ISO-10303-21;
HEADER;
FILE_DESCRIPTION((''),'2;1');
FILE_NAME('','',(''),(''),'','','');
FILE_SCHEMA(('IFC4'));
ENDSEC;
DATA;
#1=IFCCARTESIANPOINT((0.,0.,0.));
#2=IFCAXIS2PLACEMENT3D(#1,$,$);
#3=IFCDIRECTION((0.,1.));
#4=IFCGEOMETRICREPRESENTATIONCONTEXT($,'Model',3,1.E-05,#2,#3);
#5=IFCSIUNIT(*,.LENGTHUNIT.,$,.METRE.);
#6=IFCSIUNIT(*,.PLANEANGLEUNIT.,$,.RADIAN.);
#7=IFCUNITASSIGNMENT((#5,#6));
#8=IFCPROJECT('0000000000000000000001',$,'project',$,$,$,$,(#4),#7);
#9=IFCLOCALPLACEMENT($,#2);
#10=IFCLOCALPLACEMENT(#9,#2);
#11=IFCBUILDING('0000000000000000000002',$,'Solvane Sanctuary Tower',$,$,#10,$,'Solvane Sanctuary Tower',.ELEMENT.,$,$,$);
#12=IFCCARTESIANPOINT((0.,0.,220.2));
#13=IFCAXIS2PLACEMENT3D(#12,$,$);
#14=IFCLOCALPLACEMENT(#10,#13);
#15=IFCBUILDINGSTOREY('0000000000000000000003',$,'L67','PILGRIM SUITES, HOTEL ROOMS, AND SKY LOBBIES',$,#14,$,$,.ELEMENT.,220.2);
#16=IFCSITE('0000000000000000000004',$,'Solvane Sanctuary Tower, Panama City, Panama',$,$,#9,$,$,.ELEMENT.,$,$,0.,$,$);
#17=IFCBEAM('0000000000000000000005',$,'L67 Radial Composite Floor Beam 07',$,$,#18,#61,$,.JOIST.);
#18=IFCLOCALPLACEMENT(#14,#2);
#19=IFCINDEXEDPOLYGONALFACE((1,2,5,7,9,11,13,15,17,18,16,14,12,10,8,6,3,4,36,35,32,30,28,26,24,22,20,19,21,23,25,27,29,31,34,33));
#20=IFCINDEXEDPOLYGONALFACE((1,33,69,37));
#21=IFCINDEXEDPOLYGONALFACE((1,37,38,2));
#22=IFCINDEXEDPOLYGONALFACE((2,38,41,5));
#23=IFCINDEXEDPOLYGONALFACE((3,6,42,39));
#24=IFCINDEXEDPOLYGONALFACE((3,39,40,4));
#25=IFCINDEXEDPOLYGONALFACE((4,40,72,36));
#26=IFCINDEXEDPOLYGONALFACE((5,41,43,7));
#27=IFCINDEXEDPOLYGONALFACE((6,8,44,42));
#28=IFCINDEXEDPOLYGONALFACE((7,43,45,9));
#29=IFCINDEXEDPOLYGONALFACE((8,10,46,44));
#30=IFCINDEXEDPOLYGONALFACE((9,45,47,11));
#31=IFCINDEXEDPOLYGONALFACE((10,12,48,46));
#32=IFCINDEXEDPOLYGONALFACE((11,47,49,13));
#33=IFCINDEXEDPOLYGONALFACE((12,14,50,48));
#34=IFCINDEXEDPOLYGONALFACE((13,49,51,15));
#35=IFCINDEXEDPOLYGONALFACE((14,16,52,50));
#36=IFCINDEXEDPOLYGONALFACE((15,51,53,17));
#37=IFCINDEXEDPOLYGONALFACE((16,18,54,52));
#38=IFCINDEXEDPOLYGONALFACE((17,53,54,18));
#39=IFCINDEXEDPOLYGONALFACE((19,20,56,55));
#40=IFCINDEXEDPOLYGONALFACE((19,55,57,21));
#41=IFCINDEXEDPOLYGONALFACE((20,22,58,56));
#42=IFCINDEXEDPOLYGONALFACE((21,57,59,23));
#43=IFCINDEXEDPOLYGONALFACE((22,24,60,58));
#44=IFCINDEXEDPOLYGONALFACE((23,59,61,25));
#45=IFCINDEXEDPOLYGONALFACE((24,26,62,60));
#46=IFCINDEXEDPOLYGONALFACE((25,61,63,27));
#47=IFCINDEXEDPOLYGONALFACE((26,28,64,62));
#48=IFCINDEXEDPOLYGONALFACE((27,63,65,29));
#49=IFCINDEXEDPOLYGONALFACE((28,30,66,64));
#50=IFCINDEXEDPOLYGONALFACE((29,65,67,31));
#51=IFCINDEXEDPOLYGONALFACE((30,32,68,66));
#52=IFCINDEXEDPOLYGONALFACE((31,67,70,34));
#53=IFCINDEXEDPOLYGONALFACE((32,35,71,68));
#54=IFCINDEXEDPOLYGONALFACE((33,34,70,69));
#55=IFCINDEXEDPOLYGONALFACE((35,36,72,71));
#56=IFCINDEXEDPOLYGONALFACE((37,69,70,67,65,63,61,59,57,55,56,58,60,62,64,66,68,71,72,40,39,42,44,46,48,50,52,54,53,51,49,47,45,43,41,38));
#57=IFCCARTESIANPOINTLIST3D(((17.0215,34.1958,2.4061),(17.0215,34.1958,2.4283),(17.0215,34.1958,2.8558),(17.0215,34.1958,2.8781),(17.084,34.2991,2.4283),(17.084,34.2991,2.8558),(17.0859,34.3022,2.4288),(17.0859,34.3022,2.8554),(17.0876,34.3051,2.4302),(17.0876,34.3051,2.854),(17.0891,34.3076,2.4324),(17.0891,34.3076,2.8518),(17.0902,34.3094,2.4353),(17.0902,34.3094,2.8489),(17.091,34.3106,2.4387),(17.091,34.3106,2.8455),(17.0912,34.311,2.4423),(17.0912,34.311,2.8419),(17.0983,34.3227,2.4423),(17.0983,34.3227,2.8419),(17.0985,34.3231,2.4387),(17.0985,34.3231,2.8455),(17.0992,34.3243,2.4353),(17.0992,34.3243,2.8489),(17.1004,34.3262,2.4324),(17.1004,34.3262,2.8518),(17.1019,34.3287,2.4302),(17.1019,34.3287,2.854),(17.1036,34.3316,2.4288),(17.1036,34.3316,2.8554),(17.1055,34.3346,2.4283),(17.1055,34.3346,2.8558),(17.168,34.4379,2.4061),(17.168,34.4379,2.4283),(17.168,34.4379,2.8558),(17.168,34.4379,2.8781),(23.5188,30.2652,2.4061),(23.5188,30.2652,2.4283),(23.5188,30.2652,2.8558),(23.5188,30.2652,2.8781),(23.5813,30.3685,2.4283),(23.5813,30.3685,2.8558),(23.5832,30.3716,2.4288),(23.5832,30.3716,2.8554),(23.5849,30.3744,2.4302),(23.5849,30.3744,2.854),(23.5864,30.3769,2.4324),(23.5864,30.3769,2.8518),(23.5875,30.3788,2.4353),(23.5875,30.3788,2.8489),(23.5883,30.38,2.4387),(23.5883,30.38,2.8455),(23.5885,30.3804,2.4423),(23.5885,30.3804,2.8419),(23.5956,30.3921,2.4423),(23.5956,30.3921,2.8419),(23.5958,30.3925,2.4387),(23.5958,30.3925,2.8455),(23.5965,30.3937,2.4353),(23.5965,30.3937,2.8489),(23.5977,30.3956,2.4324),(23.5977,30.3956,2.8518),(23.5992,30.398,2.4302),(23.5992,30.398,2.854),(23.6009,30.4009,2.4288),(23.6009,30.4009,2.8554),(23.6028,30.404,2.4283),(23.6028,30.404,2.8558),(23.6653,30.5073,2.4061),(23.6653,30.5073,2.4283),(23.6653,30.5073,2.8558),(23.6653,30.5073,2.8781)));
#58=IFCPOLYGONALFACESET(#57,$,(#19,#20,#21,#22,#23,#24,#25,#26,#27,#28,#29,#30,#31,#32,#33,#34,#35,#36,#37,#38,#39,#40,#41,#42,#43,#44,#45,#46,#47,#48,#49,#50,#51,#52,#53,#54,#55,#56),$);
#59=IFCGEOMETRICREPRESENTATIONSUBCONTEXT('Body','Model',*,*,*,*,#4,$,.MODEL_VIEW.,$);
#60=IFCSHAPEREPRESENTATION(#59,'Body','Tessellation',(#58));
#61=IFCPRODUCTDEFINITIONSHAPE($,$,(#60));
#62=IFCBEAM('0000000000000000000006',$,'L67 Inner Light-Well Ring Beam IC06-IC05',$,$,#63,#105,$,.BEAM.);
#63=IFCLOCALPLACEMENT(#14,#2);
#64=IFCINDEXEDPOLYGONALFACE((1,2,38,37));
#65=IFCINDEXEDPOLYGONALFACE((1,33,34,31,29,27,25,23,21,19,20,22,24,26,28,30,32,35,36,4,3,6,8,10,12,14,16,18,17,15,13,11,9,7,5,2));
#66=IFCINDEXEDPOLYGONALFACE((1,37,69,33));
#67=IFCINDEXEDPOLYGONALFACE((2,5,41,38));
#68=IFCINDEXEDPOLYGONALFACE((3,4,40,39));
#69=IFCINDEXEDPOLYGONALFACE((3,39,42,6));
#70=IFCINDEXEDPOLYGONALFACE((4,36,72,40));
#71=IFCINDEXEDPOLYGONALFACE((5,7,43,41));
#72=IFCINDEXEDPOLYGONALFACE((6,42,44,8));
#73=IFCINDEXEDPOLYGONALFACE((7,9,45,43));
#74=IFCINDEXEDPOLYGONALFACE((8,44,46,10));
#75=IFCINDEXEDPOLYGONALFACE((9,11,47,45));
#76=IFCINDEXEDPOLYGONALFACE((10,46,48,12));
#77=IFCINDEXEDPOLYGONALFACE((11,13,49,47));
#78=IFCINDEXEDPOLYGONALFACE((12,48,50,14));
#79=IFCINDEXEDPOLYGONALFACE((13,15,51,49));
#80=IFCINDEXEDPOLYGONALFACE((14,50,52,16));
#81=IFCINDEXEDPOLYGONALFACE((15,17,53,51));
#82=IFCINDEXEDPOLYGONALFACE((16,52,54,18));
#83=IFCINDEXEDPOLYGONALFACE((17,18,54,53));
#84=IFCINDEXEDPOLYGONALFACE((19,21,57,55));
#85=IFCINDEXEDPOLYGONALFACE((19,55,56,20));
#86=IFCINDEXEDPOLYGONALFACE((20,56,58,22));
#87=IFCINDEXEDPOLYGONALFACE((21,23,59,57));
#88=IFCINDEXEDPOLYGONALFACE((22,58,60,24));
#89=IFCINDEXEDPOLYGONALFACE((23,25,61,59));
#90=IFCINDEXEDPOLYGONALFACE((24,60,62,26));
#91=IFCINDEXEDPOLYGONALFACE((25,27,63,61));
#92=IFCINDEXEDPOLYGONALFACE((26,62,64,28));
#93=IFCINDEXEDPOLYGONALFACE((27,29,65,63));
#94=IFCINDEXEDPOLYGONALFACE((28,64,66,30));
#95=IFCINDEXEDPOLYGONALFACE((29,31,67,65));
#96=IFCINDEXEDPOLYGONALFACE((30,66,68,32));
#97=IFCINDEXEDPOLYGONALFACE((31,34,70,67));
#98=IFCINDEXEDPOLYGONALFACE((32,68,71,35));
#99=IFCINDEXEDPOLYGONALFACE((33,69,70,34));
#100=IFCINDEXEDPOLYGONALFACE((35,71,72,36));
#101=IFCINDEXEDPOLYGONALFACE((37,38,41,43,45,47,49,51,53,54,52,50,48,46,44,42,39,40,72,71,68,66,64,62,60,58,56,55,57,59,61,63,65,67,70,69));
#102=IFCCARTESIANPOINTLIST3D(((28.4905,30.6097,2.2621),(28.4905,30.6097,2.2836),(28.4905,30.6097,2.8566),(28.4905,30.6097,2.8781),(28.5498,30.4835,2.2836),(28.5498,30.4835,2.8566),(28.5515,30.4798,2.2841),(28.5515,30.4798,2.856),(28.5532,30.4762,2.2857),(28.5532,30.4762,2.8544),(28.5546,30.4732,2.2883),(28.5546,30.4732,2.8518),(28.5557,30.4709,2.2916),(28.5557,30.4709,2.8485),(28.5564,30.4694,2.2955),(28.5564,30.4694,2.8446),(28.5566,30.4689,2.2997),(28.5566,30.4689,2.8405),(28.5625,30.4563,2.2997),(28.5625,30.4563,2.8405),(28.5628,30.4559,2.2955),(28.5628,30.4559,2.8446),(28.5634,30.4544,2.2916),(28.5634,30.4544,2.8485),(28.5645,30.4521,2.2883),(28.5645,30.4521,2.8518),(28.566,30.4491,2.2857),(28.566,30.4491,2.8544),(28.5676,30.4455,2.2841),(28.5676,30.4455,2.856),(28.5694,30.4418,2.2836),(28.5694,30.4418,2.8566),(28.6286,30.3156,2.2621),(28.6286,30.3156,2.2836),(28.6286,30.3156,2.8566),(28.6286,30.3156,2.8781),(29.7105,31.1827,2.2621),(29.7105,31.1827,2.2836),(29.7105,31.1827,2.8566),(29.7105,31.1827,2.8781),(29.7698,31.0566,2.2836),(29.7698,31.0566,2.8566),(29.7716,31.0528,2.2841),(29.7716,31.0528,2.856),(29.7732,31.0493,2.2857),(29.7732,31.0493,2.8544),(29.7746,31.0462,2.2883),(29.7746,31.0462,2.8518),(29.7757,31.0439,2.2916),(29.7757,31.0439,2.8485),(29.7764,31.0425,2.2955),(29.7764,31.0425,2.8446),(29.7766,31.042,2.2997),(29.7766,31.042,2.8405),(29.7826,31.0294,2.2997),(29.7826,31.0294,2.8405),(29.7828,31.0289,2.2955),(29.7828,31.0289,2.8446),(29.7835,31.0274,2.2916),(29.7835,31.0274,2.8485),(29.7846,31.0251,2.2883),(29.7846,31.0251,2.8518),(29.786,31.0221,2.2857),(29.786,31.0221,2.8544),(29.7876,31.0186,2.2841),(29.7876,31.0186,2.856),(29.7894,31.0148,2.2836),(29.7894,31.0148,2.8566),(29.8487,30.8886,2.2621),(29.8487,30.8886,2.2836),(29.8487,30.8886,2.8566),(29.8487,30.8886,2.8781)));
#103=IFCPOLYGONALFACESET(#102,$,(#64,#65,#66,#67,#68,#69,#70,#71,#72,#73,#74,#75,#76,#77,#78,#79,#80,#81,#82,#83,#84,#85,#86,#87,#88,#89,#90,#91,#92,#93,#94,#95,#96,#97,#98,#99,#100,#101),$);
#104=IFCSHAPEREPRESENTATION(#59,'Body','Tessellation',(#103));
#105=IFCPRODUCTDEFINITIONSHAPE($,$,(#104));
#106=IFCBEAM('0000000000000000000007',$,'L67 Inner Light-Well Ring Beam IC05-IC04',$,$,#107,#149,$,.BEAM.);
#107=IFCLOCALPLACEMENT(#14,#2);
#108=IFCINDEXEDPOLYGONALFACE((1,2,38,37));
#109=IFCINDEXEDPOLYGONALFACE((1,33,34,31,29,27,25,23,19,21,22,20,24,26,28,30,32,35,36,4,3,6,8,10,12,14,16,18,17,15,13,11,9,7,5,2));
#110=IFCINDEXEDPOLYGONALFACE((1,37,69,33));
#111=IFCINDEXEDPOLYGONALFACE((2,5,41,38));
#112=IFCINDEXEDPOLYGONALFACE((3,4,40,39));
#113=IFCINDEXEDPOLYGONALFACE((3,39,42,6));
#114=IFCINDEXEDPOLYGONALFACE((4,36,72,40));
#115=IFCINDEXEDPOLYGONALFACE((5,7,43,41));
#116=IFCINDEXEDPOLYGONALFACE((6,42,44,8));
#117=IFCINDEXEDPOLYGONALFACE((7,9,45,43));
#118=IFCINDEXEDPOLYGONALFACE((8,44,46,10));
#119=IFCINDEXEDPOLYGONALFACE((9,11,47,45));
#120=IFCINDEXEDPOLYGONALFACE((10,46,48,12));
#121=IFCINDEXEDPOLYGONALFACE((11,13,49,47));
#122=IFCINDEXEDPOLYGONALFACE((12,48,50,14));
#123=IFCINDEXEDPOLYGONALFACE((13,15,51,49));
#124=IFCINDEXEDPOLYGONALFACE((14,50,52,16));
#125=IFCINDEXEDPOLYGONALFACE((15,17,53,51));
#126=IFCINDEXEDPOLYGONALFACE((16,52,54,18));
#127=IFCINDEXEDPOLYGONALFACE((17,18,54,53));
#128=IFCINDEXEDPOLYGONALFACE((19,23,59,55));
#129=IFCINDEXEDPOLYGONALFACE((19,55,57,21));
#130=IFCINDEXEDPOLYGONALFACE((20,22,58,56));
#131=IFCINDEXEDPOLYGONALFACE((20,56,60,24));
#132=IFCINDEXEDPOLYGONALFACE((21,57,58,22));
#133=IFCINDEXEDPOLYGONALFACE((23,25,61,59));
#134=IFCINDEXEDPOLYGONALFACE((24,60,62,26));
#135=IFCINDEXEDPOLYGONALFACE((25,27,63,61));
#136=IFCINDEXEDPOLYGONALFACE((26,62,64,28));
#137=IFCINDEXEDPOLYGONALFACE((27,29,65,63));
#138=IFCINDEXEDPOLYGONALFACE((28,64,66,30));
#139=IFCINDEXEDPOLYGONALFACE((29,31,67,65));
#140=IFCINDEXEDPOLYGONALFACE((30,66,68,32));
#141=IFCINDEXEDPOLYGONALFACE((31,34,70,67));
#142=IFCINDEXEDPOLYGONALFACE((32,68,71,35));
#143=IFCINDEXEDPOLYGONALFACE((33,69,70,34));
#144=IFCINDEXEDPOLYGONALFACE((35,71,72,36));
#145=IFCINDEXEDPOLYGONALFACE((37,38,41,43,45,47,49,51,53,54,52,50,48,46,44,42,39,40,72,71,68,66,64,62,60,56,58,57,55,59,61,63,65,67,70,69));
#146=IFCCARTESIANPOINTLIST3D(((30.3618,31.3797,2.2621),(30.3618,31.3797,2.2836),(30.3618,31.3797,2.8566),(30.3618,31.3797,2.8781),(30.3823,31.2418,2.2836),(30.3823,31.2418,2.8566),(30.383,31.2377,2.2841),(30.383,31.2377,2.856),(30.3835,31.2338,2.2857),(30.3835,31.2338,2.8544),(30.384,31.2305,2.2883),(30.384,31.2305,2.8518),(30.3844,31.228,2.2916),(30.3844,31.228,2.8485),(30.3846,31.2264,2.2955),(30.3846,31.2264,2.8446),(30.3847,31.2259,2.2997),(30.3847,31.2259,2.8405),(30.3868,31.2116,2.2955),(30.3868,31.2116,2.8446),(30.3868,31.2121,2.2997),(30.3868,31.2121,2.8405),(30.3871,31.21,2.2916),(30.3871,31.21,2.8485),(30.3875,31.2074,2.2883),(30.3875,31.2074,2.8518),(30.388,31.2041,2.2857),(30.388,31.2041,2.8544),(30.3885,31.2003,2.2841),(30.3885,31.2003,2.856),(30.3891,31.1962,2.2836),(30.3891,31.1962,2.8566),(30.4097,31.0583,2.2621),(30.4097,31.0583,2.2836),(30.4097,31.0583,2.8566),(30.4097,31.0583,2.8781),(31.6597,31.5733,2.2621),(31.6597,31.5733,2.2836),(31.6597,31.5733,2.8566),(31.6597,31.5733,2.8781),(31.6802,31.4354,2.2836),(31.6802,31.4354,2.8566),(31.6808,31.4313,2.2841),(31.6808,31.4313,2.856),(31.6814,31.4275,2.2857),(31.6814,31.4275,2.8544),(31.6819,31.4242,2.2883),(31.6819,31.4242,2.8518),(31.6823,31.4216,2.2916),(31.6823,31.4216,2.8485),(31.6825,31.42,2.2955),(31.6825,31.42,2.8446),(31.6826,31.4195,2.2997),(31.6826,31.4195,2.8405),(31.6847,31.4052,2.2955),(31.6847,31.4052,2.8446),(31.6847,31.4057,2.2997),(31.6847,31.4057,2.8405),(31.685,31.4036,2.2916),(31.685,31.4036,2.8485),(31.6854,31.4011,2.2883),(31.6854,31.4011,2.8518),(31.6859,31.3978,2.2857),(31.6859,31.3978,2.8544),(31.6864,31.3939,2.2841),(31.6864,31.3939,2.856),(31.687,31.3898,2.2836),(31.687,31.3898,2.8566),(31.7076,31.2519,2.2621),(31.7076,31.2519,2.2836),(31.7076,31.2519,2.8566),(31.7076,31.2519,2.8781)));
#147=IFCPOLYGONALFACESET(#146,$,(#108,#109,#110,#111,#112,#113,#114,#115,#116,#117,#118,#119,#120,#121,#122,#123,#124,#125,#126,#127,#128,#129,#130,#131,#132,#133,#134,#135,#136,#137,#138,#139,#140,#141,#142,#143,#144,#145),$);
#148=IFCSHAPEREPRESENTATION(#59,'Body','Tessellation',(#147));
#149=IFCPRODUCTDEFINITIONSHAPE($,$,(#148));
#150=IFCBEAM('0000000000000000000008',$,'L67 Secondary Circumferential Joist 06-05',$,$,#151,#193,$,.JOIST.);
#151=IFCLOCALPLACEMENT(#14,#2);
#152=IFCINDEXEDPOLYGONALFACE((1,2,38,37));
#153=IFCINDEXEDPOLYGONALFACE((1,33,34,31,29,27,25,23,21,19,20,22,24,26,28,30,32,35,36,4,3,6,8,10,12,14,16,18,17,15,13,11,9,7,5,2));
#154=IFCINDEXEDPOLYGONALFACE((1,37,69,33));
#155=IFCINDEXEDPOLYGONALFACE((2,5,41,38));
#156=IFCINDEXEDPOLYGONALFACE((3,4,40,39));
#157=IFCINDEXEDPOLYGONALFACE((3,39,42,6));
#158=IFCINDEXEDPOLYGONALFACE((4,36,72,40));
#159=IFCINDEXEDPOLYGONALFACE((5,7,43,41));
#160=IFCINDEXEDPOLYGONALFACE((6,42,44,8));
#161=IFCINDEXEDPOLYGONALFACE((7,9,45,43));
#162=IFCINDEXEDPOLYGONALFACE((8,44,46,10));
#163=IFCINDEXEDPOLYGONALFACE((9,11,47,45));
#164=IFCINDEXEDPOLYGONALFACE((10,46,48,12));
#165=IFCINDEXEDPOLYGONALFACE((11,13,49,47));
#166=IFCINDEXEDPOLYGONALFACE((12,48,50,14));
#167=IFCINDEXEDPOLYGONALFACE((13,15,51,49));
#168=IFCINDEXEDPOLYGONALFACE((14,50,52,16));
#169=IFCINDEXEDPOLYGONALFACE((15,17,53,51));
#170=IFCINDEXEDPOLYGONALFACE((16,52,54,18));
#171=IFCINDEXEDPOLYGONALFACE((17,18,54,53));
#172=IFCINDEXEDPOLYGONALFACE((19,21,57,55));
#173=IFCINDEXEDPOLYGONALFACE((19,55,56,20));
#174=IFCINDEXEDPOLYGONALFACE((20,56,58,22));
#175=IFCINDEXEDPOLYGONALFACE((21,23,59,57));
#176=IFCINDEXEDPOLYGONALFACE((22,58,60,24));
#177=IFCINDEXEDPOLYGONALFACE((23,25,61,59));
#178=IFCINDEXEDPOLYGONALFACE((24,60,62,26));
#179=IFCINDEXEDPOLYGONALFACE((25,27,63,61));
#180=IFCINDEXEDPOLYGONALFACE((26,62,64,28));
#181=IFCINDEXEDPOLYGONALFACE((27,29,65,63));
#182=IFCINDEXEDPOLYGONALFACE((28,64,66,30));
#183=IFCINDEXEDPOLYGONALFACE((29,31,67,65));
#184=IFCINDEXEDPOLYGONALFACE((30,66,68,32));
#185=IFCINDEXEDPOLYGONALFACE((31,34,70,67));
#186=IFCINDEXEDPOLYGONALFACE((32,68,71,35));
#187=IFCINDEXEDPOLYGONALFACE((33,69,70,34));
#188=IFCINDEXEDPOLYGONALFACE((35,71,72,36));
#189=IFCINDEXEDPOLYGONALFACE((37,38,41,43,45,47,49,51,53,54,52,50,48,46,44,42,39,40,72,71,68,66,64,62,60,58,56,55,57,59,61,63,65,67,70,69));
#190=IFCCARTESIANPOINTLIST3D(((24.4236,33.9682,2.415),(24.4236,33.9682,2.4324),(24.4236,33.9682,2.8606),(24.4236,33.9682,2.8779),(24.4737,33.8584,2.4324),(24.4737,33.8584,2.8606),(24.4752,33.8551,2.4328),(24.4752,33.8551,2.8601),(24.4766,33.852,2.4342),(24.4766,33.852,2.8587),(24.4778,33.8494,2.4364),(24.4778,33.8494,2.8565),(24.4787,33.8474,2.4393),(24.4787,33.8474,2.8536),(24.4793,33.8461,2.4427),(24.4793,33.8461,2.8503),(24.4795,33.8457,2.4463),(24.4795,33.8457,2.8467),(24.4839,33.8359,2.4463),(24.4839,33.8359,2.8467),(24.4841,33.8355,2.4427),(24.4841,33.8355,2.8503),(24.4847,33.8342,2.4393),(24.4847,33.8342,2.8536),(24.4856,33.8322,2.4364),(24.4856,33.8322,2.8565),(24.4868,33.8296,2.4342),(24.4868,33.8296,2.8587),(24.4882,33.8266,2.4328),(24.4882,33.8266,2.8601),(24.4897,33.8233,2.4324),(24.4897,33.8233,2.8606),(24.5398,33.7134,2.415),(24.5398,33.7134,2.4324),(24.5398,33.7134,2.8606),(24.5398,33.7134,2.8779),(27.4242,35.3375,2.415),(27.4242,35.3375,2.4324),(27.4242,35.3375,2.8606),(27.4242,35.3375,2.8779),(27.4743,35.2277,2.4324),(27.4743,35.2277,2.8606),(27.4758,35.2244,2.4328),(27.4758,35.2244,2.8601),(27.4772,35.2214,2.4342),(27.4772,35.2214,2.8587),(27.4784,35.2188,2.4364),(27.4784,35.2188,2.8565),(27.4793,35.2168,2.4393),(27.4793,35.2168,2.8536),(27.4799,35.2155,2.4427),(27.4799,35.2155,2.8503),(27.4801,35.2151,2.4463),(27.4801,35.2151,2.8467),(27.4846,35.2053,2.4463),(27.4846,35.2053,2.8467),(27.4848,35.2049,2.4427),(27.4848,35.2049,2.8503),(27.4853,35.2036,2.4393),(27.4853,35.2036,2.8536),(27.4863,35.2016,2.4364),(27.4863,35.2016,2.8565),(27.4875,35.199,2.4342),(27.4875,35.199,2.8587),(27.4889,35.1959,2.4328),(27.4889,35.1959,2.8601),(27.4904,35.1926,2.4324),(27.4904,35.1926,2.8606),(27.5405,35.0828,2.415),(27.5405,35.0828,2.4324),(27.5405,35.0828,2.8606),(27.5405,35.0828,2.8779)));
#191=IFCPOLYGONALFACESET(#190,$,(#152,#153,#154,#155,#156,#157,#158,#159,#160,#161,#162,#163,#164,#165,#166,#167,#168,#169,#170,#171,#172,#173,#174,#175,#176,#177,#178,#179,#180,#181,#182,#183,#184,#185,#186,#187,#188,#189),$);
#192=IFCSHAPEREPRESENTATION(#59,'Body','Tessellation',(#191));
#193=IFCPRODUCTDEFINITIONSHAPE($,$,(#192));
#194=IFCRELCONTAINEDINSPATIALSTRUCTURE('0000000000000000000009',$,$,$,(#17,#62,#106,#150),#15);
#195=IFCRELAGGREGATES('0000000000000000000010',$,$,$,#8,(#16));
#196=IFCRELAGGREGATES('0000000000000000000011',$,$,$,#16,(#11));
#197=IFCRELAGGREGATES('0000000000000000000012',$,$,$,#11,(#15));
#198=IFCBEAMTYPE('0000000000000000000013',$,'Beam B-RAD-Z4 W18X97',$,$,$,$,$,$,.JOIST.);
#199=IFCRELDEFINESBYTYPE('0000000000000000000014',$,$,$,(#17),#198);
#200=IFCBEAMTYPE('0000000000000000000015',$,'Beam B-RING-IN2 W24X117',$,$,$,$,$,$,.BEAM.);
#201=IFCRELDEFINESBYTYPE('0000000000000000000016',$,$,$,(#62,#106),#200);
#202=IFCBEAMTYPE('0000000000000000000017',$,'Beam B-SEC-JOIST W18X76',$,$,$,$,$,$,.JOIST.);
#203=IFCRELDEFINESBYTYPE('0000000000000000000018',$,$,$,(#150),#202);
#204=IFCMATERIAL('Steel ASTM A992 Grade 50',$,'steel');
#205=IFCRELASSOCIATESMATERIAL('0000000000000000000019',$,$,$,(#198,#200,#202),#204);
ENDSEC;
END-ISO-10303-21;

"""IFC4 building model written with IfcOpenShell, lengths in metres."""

from ifc_helpers import new_model, si_unit, direction, frame, origin, origin_2d, place, context, subcontext, project, spatial, i_section, extrude, material, material_profile, profile_set, type_object, element, save


model = new_model("IFC4")

# Units and contexts
model_context = context("Model", 3, precision=1e-05, world=origin(), true_north=direction((0.0, 1.0)))
body_context = subcontext(model_context, "Body", "Model", "MODEL_VIEW")
ifc_project = project(units=[si_unit("LENGTHUNIT", "METRE"), si_unit("PLANEANGLEUNIT", "RADIAN")], contexts=[model_context])

# Site, building, storey
site_placement = place(None, origin())
site = spatial("IfcSite", under=ifc_project, at=site_placement, Name="Solvane Sanctuary Tower, Panama City, Panama", CompositionType="ELEMENT", RefElevation=0.0)
building_placement = place(site_placement, origin())
building = spatial("IfcBuilding", under=site, at=building_placement, Name="Solvane Sanctuary Tower", LongName="Solvane Sanctuary Tower", CompositionType="ELEMENT")
storey_placement = place(building_placement, frame((0.0, 0.0, 220.2)))
storey = spatial("IfcBuildingStorey", under=building, at=storey_placement, Name="L67", Description="PILGRIM SUITES, HOTEL ROOMS, AND SKY LOBBIES", CompositionType="ELEMENT", Elevation=220.2)

# Beams
ifc_material_1 = material(Name="Steel ASTM A992 Grade 50", Category="steel")
ifc_material_profile_1 = material_profile(ifc_material_1, i_section(OverallWidth=0.283, OverallDepth=0.4719, WebThickness=0.0137, FlangeThickness=0.0222, FilletRadius=0.0139, at=origin_2d()), Name="W18X97")
ifc_profile_set_1 = profile_set([ifc_material_profile_1], Name="Steel ASTM A992 Grade 50")
beam_type_1 = type_object("IfcBeamType", Name="Beam B-RAD-Z4 W18X97", PredefinedType="JOIST", material=ifc_profile_set_1)
beam_1_placement = place(storey_placement, frame((23.592, 30.3862, 2.6421), z_axis=(-0.855612, 0.517618, 0.0), x_axis=(-0.517618, -0.855612, 0.0)))
element("IfcBeam", 1, at=beam_1_placement, inside=storey, type_object=beam_type_1, Name="L67 Radial Composite Floor Beam 07", PredefinedType="JOIST", context=body_context, shape_type="SweptSolid", body=[
    extrude(i_section(OverallWidth=0.283, OverallDepth=0.4719, WebThickness=0.0137, FlangeThickness=0.0222, FilletRadius=0.0139, at=origin_2d()), origin(), (0.0, 0.0, 1.0), 7.5938),
])
ifc_material_profile_2 = material_profile(ifc_material_1, i_section(OverallWidth=0.325, OverallDepth=0.616, WebThickness=0.0139, FlangeThickness=0.0215, FilletRadius=0.0161, at=origin_2d()), Name="W24X117")
ifc_profile_set_2 = profile_set([ifc_material_profile_2], Name="Steel ASTM A992 Grade 50")
beam_type_2 = type_object("IfcBeamType", Name="Beam B-RING-IN2 W24X117", PredefinedType="BEAM", material=ifc_profile_set_2)
beam_2_placement = place(storey_placement, frame((28.5596, 30.4626, 2.5701), z_axis=(0.905135, 0.425125, 0.0), x_axis=(-0.425125, 0.905135, 0.0)))
element("IfcBeam", 2, at=beam_2_placement, inside=storey, type_object=beam_type_2, Name="L67 Inner Light-Well Ring Beam IC06-IC05", PredefinedType="BEAM", context=body_context, shape_type="SweptSolid", body=[
    extrude(i_section(OverallWidth=0.325, OverallDepth=0.616, WebThickness=0.0139, FlangeThickness=0.0215, FilletRadius=0.0161, at=origin_2d()), origin(), (0.0, 0.0, 1.0), 1.3479),
])
beam_3_placement = place(storey_placement, frame((30.3857, 31.219, 2.5701), z_axis=(0.989056, 0.14754, 0.0), x_axis=(-0.14754, 0.989056, 0.0)))
element("IfcBeam", 3, at=beam_3_placement, inside=storey, type_object=beam_type_2, Name="L67 Inner Light-Well Ring Beam IC05-IC04", PredefinedType="BEAM", context=body_context, shape_type="SweptSolid", body=[
    extrude(i_section(OverallWidth=0.325, OverallDepth=0.616, WebThickness=0.0139, FlangeThickness=0.0215, FilletRadius=0.0161, at=origin_2d()), origin(), (0.0, 0.0, 1.0), 1.3123),
])
ifc_material_profile_3 = material_profile(ifc_material_1, i_section(OverallWidth=0.28, OverallDepth=0.4629, WebThickness=0.0107, FlangeThickness=0.0173, FilletRadius=0.0139, at=origin_2d()), Name="W18X76")
ifc_profile_set_3 = profile_set([ifc_material_profile_3], Name="Steel ASTM A992 Grade 50")
beam_type_3 = type_object("IfcBeamType", Name="Beam B-SEC-JOIST W18X76", PredefinedType="JOIST", material=ifc_profile_set_3)
beam_4_placement = place(storey_placement, frame((24.4817, 33.8408, 2.6465), z_axis=(0.909747, 0.415163, 0.0), x_axis=(-0.415163, 0.909747, 0.0)))
element("IfcBeam", 4, at=beam_4_placement, inside=storey, type_object=beam_type_3, Name="L67 Secondary Circumferential Joist 06-05", PredefinedType="JOIST", context=body_context, shape_type="SweptSolid", body=[
    extrude(i_section(OverallWidth=0.28, OverallDepth=0.4629, WebThickness=0.0107, FlangeThickness=0.0173, FilletRadius=0.0139, at=origin_2d()), origin(), (0.0, 0.0, 1.0), 3.2983),
])

save(model, "model.ifc")
